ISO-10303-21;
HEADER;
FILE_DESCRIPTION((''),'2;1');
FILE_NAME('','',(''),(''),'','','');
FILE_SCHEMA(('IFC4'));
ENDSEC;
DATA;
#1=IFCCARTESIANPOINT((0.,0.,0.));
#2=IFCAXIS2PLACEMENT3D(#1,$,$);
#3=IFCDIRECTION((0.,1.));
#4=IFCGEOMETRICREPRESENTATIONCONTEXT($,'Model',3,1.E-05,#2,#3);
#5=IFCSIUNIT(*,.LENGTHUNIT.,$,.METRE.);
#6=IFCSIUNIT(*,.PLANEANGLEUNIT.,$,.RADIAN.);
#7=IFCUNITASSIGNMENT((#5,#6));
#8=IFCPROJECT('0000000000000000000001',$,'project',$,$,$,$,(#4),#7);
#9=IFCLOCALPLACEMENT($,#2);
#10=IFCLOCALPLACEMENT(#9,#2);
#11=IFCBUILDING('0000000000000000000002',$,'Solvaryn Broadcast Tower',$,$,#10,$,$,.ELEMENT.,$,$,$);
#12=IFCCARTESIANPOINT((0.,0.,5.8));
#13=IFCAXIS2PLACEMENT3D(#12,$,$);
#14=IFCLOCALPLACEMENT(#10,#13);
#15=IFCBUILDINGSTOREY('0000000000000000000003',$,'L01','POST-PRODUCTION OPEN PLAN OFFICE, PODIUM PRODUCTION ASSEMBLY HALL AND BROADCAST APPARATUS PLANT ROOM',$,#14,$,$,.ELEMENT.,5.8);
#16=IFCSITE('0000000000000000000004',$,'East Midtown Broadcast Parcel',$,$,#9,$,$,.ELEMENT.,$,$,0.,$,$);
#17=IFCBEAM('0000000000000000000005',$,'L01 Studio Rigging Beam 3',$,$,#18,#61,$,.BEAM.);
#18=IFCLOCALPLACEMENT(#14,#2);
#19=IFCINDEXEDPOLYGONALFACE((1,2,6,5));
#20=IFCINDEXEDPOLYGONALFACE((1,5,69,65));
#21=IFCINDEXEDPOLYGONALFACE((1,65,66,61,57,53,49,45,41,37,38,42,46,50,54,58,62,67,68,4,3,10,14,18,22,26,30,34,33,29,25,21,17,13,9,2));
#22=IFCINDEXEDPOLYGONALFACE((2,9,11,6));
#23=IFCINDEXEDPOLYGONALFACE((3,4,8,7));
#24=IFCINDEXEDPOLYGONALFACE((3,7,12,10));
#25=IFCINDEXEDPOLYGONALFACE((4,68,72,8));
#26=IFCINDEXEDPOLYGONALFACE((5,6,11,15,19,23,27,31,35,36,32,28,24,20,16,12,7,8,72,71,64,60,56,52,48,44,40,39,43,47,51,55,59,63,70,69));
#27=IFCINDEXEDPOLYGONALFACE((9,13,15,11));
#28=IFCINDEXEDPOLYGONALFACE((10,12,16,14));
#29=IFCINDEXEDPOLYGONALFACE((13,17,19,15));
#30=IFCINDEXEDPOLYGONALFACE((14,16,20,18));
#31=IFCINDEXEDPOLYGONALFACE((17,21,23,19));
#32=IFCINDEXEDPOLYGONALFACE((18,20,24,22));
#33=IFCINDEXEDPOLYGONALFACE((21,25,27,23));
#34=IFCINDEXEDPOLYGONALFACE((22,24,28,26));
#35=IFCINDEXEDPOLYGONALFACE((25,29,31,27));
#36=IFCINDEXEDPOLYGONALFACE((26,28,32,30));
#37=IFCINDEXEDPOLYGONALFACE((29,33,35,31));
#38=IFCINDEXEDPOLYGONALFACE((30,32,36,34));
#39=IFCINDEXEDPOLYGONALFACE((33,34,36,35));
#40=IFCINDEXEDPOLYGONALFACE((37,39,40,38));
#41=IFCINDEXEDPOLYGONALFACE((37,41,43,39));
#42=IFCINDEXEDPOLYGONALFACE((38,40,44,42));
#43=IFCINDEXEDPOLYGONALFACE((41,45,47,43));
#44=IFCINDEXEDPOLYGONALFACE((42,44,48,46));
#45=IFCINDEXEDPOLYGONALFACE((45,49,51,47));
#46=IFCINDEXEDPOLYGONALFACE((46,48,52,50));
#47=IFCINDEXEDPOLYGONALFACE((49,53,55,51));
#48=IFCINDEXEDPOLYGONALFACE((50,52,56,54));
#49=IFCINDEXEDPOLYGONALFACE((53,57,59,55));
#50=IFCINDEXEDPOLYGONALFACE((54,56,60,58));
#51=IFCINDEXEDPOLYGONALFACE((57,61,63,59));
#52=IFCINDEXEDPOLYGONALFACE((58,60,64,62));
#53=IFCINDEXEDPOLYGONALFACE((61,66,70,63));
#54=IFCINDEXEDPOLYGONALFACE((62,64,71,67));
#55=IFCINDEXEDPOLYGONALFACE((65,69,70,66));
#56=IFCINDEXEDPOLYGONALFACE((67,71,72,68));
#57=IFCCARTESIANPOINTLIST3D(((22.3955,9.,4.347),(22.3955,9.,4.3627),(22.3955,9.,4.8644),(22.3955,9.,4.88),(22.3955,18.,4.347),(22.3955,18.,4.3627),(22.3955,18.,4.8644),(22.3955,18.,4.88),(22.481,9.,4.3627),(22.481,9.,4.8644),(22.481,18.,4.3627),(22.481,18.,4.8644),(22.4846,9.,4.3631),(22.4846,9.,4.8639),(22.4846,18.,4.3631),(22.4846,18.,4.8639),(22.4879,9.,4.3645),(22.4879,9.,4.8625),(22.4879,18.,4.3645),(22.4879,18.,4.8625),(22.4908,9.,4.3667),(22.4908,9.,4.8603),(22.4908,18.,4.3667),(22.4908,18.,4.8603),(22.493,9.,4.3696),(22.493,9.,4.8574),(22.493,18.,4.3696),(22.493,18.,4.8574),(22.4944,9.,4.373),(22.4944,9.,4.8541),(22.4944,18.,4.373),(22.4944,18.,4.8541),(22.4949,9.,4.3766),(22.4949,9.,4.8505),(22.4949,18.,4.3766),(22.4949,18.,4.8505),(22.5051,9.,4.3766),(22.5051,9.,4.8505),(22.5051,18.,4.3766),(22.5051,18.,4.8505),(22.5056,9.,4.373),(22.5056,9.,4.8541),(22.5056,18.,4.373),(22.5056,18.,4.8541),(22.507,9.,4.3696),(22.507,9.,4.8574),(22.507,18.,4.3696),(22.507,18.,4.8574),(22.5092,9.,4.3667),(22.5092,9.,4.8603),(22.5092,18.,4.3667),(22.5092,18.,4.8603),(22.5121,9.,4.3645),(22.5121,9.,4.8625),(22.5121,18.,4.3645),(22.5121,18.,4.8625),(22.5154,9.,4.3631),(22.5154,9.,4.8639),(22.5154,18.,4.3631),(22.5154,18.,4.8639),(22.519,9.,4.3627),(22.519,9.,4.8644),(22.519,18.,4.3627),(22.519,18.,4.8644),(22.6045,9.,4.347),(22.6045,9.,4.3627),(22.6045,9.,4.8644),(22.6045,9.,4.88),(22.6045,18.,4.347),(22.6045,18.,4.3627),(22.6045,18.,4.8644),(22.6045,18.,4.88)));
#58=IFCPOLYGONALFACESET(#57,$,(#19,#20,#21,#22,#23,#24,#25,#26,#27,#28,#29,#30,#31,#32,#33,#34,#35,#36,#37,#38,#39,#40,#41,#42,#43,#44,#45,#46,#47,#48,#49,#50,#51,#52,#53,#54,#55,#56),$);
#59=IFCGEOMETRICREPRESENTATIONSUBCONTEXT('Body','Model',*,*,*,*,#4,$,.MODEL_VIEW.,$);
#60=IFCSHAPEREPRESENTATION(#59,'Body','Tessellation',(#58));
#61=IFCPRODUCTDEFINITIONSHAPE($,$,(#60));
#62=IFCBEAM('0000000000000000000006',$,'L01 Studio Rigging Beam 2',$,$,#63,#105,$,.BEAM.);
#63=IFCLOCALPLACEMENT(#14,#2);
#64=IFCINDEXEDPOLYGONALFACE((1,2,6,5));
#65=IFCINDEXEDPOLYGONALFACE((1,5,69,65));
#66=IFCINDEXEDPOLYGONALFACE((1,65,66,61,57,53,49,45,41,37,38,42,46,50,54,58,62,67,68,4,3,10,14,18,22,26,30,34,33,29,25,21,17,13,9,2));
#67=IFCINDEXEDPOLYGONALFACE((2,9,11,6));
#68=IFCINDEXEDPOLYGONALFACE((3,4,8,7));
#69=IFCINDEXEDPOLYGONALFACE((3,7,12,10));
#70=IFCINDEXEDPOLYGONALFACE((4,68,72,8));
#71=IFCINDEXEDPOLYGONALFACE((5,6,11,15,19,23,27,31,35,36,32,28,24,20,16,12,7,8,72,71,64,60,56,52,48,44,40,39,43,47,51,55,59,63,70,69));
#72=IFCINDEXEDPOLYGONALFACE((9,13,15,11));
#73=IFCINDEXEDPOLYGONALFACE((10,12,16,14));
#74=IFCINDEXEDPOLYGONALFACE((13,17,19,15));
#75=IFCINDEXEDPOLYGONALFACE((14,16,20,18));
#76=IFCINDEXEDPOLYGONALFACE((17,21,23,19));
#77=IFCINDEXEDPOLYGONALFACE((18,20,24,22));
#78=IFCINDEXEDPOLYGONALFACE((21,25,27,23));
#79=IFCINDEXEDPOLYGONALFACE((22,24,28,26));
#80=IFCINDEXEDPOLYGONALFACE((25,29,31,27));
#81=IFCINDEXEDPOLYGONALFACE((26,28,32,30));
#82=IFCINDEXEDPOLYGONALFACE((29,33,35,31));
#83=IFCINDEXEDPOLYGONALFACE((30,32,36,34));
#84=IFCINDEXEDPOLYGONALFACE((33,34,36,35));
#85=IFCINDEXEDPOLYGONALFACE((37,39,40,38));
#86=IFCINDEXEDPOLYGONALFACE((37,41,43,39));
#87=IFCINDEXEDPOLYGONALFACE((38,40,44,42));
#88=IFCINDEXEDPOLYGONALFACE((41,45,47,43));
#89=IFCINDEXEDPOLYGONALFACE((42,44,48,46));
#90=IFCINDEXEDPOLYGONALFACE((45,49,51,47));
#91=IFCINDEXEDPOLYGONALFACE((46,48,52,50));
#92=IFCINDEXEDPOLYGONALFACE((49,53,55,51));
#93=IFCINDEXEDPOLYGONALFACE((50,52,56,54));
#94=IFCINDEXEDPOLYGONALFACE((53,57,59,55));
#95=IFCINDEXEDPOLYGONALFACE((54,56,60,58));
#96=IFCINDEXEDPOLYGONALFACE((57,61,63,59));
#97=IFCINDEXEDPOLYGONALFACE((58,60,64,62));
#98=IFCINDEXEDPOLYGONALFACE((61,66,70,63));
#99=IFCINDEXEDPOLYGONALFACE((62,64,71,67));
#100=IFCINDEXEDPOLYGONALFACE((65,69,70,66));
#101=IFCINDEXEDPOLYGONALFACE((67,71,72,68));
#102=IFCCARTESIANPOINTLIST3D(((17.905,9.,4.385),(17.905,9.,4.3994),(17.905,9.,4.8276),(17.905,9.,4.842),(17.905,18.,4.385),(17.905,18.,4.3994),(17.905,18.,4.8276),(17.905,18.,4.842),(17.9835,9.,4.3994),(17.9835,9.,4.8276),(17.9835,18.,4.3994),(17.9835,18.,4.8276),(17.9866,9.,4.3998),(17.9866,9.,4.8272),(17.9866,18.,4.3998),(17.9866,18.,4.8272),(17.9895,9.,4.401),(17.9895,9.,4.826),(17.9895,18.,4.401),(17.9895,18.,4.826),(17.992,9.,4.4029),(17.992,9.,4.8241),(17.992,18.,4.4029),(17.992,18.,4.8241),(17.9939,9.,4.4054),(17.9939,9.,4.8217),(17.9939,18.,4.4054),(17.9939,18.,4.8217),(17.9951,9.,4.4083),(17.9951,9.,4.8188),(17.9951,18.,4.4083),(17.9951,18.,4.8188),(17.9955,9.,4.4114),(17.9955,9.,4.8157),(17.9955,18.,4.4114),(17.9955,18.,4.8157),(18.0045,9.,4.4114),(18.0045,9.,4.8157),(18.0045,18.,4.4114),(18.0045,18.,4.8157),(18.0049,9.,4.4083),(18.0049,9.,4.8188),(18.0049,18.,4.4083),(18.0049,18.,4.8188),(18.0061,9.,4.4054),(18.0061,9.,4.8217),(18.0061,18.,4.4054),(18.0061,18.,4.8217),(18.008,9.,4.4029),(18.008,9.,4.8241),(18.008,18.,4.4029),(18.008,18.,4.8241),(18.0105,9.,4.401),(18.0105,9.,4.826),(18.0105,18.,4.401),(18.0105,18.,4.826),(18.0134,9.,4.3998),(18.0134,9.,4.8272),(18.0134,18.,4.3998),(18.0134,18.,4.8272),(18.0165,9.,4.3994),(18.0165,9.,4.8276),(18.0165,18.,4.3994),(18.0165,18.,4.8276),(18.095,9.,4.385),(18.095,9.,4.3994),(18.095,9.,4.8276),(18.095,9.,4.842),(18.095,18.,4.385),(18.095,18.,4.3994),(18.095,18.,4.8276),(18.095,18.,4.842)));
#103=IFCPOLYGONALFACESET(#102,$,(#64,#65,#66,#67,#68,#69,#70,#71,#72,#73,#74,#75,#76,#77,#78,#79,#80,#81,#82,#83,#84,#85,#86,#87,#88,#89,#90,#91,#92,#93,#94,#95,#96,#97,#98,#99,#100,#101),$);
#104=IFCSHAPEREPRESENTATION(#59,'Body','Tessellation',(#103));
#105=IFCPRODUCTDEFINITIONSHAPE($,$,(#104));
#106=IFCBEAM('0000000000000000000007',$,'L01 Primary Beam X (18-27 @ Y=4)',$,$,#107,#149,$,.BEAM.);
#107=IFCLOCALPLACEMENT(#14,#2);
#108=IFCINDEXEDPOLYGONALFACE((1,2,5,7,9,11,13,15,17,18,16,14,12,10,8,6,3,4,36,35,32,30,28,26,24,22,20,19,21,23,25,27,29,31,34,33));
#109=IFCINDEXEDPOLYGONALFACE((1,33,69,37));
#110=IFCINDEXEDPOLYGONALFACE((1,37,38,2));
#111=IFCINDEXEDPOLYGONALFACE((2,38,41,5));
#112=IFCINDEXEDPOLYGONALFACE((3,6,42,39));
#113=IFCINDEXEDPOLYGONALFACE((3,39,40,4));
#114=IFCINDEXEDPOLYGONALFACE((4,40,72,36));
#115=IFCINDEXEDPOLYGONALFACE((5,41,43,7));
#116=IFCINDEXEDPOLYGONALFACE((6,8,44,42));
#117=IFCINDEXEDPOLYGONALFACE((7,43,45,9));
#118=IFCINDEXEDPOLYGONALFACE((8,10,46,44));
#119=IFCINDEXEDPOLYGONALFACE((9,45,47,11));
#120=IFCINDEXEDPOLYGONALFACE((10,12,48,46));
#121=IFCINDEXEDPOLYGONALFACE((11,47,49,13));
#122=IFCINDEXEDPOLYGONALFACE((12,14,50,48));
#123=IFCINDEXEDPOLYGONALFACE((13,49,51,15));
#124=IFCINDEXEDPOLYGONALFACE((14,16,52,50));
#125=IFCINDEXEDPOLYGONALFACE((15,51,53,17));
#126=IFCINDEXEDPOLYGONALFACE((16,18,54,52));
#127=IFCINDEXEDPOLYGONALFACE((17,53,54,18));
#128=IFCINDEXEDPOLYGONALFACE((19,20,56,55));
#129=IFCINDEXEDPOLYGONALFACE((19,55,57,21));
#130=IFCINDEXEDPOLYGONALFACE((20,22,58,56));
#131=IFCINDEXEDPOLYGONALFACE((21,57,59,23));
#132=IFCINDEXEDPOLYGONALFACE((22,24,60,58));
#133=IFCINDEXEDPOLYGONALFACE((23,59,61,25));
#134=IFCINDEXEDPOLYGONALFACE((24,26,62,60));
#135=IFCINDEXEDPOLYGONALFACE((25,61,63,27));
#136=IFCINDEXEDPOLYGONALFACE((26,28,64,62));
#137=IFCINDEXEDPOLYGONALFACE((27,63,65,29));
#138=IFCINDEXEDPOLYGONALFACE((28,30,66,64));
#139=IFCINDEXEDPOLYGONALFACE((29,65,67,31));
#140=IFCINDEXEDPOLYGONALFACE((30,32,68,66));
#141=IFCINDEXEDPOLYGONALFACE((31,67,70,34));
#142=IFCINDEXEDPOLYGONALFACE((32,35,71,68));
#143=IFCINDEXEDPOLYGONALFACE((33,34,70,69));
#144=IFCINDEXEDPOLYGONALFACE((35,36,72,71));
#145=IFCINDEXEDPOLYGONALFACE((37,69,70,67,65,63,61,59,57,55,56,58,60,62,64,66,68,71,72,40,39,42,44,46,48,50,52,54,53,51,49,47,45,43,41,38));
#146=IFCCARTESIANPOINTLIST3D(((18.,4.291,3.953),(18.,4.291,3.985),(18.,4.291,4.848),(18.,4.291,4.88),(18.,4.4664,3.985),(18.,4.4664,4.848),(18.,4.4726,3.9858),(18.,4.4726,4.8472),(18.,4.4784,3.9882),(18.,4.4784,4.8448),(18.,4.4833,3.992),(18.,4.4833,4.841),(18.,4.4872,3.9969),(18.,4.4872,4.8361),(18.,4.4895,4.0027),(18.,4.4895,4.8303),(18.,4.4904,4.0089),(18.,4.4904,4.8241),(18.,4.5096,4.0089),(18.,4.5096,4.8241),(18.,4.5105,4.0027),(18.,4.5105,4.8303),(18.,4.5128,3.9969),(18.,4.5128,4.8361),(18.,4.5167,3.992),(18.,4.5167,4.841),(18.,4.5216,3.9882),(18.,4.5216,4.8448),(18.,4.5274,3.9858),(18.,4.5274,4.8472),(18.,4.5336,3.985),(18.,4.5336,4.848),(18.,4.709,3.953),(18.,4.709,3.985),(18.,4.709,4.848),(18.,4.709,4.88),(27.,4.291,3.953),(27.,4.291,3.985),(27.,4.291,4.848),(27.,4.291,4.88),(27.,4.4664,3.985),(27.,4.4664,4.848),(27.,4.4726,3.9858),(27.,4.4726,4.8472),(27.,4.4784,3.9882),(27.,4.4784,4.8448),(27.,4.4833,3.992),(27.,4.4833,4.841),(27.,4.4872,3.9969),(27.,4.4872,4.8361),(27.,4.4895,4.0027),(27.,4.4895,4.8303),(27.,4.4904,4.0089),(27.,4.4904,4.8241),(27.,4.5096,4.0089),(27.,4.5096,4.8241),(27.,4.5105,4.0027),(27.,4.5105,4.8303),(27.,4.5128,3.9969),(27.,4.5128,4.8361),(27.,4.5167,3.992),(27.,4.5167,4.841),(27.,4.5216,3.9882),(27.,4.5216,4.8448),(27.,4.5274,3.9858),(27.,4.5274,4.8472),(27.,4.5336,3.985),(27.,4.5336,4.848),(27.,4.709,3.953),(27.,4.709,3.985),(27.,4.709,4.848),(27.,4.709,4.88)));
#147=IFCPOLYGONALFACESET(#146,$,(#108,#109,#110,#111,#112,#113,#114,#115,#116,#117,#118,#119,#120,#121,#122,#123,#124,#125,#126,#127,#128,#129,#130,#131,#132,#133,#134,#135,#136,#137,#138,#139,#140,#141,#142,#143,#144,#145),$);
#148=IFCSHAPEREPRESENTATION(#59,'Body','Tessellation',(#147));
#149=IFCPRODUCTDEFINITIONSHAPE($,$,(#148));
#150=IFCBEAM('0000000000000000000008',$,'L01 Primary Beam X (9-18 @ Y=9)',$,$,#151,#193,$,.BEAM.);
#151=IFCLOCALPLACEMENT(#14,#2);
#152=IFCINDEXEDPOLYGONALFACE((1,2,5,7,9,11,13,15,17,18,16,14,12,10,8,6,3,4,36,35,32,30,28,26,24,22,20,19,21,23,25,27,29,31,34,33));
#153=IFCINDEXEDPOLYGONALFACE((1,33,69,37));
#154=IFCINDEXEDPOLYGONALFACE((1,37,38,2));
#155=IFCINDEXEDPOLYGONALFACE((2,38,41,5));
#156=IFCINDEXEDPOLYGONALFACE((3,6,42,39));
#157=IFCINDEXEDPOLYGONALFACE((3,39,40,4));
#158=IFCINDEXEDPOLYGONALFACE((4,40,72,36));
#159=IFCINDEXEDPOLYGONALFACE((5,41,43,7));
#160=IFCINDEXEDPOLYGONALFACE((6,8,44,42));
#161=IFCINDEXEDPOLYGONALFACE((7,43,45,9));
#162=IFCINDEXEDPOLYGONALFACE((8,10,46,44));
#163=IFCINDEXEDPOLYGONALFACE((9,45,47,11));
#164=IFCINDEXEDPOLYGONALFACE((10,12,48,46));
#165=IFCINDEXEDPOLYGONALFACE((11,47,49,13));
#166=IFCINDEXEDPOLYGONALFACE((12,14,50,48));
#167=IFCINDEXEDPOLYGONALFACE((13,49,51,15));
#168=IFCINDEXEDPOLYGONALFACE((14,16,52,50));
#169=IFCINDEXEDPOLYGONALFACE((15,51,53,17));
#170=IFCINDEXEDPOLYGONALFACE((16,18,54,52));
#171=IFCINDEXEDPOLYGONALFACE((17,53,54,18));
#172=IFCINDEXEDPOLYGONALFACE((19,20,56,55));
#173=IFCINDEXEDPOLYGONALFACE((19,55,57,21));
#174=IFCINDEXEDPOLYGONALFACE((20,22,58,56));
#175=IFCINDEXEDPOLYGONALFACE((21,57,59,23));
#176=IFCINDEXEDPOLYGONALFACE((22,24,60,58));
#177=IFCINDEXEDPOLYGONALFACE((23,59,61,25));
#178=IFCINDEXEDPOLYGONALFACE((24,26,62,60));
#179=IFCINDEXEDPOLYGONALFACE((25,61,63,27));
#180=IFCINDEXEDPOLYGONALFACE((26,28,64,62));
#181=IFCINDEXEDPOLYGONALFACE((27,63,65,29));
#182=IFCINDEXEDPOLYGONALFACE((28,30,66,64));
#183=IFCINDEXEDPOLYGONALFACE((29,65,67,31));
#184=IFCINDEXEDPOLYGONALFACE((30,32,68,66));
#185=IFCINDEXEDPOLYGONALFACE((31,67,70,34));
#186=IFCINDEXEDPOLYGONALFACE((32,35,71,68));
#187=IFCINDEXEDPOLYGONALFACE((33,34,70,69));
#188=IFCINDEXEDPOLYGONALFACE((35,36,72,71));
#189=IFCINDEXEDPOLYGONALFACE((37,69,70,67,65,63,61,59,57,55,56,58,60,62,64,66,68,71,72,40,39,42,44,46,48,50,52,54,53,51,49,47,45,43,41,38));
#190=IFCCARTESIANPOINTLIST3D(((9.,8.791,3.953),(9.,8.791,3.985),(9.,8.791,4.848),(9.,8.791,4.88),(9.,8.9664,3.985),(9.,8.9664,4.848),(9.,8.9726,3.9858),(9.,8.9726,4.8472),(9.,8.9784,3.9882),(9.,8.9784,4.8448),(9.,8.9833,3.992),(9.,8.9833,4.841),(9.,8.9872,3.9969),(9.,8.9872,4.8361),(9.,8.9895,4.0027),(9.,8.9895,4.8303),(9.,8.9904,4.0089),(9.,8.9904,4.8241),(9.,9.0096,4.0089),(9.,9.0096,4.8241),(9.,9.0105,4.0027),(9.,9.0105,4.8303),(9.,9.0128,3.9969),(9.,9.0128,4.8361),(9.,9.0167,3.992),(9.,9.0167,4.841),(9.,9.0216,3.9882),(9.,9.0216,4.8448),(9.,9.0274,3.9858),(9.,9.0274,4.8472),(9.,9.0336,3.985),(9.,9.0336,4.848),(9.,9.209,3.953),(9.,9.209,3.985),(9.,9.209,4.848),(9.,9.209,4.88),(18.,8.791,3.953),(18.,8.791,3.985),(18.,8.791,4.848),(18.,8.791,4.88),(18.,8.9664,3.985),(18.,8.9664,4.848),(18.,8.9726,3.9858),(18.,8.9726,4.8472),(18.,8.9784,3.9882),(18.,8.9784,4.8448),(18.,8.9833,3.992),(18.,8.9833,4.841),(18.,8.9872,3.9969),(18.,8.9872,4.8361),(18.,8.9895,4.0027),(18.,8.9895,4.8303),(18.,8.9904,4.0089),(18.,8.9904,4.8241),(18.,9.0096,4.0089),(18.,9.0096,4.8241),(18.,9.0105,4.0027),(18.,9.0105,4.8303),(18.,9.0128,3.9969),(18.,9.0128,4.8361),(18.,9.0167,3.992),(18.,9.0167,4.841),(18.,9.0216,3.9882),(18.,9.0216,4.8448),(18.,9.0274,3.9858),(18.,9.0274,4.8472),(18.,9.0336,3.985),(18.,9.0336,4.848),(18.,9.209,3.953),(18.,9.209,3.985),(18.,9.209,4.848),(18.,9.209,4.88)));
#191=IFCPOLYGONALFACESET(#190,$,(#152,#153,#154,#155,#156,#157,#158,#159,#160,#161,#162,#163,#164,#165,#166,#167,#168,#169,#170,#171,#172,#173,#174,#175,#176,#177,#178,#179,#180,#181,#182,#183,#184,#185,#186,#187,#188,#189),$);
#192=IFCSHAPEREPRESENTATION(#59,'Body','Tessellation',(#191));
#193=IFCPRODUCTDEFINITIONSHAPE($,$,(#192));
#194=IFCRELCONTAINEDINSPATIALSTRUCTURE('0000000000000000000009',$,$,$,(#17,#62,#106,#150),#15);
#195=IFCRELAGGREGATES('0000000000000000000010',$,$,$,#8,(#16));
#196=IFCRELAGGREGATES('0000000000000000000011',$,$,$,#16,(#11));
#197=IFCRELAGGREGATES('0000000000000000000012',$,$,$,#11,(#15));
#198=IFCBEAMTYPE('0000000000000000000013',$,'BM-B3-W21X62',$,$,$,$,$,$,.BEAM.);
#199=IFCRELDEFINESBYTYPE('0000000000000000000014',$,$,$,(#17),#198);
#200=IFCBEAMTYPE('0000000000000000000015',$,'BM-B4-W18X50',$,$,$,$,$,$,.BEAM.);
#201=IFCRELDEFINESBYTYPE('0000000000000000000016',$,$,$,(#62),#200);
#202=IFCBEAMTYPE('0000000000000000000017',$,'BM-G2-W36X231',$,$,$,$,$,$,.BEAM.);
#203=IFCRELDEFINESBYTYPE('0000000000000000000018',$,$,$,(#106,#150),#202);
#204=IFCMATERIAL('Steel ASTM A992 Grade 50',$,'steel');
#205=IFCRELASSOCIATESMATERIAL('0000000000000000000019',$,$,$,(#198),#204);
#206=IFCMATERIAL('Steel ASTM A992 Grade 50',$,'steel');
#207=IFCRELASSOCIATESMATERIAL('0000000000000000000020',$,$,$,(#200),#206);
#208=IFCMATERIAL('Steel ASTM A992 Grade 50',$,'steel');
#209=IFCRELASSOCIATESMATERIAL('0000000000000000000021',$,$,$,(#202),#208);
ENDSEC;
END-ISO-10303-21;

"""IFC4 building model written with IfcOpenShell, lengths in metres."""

from ifc_helpers import new_model, si_unit, direction, frame, origin, origin_2d, place, context, subcontext, project, spatial, i_section, extrude, material, material_profile, profile_set, type_object, element, save


model = new_model("IFC4")

# Units and contexts
model_context = context("Model", 3, precision=1e-05, world=origin(), true_north=direction((0.0, 1.0)))
body_context = subcontext(model_context, "Body", "Model", "MODEL_VIEW")
ifc_project = project(units=[si_unit("LENGTHUNIT", "METRE"), si_unit("PLANEANGLEUNIT", "RADIAN")], contexts=[model_context])

# Site, building, storey
site_placement = place(None, origin())
site = spatial("IfcSite", under=ifc_project, at=site_placement, Name="East Midtown Broadcast Parcel", CompositionType="ELEMENT", RefElevation=0.0)
building_placement = place(site_placement, origin())
building = spatial("IfcBuilding", under=site, at=building_placement, Name="Solvaryn Broadcast Tower", CompositionType="ELEMENT")
storey_placement = place(building_placement, frame((0.0, 0.0, 5.8)))
storey = spatial("IfcBuildingStorey", under=building, at=storey_placement, Name="L01", Description="POST-PRODUCTION OPEN PLAN OFFICE, PODIUM PRODUCTION ASSEMBLY HALL AND BROADCAST APPARATUS PLANT ROOM", CompositionType="ELEMENT", Elevation=5.8)

# Beams
ifc_material_1 = material(Name="Steel ASTM A992 Grade 50", Category="steel")
ifc_material_profile_1 = material_profile(ifc_material_1, i_section(OverallWidth=0.209, OverallDepth=0.533, WebThickness=0.0103, FlangeThickness=0.0156, FilletRadius=0.0139, at=origin_2d()))
ifc_profile_set_1 = profile_set([ifc_material_profile_1], Name="Steel ASTM A992 Grade 50")
beam_type_1 = type_object("IfcBeamType", Name="BM-B3-W21X62", PredefinedType="BEAM", material=ifc_profile_set_1)
for number, where, z_axis, x_axis, name in (
    (1, (22.5, 9.0, 4.6135), (0.0, 1.0, 0.0), (-1.0, 0.0, 0.0), "L01 Studio Rigging Beam 3"),
):
    element("IfcBeam", number, at=place(storey_placement, frame(where, z_axis=z_axis, x_axis=x_axis)), inside=storey, type_object=beam_type_1, Name=name, PredefinedType="BEAM", context=body_context, shape_type="SweptSolid", body=[
        extrude(i_section(OverallWidth=0.209, OverallDepth=0.533, WebThickness=0.0103, FlangeThickness=0.0156, FilletRadius=0.0139, at=origin_2d()), origin(), (0.0, 0.0, 1.0), 9.0),
    ])
ifc_material_2 = material(Name="Steel ASTM A992 Grade 50", Category="steel")
ifc_material_profile_2 = material_profile(ifc_material_2, i_section(OverallWidth=0.1899, OverallDepth=0.457, WebThickness=0.009, FlangeThickness=0.0144, FilletRadius=0.012, at=origin_2d()))
ifc_profile_set_2 = profile_set([ifc_material_profile_2], Name="Steel ASTM A992 Grade 50")
beam_type_2 = type_object("IfcBeamType", Name="BM-B4-W18X50", PredefinedType="BEAM", material=ifc_profile_set_2)
beam_1_placement = place(storey_placement, frame((18.0, 9.0, 4.6135), z_axis=(0.0, 1.0, 0.0), x_axis=(-1.0, 0.0, 0.0)))
element("IfcBeam", 2, at=beam_1_placement, inside=storey, type_object=beam_type_2, Name="L01 Studio Rigging Beam 2", PredefinedType="BEAM", context=body_context, shape_type="SweptSolid", body=[
    extrude(i_section(OverallWidth=0.1899, OverallDepth=0.457, WebThickness=0.009, FlangeThickness=0.0144, FilletRadius=0.012, at=origin_2d()), origin(), (0.0, 0.0, 1.0), 9.0),
])
ifc_material_3 = material(Name="Steel ASTM A992 Grade 50", Category="steel")
ifc_material_profile_3 = material_profile(ifc_material_3, i_section(OverallWidth=0.418, OverallDepth=0.927, WebThickness=0.0193, FlangeThickness=0.032, FilletRadius=0.0239, at=origin_2d()))
ifc_profile_set_3 = profile_set([ifc_material_profile_3], Name="Steel ASTM A992 Grade 50")
beam_type_3 = type_object("IfcBeamType", Name="BM-G2-W36X231", PredefinedType="BEAM", material=ifc_profile_set_3)
for number, where, z_axis, x_axis, name in (
    (3, (18.0, 4.5, 4.4165), (1.0, 0.0, 0.0), (0.0, 1.0, 0.0), "L01 Primary Beam X (18-27 @ Y=4)"),
    (4, (9.0, 9.0, 4.4165), (1.0, 0.0, 0.0), (0.0, 1.0, 0.0), "L01 Primary Beam X (9-18 @ Y=9)"),
):
    element("IfcBeam", number, at=place(storey_placement, frame(where, z_axis=z_axis, x_axis=x_axis)), inside=storey, type_object=beam_type_3, Name=name, PredefinedType="BEAM", context=body_context, shape_type="SweptSolid", body=[
        extrude(i_section(OverallWidth=0.418, OverallDepth=0.927, WebThickness=0.0193, FlangeThickness=0.032, FilletRadius=0.0239, at=origin_2d()), origin(), (0.0, 0.0, 1.0), 9.0),
    ])

save(model, "model.ifc")
